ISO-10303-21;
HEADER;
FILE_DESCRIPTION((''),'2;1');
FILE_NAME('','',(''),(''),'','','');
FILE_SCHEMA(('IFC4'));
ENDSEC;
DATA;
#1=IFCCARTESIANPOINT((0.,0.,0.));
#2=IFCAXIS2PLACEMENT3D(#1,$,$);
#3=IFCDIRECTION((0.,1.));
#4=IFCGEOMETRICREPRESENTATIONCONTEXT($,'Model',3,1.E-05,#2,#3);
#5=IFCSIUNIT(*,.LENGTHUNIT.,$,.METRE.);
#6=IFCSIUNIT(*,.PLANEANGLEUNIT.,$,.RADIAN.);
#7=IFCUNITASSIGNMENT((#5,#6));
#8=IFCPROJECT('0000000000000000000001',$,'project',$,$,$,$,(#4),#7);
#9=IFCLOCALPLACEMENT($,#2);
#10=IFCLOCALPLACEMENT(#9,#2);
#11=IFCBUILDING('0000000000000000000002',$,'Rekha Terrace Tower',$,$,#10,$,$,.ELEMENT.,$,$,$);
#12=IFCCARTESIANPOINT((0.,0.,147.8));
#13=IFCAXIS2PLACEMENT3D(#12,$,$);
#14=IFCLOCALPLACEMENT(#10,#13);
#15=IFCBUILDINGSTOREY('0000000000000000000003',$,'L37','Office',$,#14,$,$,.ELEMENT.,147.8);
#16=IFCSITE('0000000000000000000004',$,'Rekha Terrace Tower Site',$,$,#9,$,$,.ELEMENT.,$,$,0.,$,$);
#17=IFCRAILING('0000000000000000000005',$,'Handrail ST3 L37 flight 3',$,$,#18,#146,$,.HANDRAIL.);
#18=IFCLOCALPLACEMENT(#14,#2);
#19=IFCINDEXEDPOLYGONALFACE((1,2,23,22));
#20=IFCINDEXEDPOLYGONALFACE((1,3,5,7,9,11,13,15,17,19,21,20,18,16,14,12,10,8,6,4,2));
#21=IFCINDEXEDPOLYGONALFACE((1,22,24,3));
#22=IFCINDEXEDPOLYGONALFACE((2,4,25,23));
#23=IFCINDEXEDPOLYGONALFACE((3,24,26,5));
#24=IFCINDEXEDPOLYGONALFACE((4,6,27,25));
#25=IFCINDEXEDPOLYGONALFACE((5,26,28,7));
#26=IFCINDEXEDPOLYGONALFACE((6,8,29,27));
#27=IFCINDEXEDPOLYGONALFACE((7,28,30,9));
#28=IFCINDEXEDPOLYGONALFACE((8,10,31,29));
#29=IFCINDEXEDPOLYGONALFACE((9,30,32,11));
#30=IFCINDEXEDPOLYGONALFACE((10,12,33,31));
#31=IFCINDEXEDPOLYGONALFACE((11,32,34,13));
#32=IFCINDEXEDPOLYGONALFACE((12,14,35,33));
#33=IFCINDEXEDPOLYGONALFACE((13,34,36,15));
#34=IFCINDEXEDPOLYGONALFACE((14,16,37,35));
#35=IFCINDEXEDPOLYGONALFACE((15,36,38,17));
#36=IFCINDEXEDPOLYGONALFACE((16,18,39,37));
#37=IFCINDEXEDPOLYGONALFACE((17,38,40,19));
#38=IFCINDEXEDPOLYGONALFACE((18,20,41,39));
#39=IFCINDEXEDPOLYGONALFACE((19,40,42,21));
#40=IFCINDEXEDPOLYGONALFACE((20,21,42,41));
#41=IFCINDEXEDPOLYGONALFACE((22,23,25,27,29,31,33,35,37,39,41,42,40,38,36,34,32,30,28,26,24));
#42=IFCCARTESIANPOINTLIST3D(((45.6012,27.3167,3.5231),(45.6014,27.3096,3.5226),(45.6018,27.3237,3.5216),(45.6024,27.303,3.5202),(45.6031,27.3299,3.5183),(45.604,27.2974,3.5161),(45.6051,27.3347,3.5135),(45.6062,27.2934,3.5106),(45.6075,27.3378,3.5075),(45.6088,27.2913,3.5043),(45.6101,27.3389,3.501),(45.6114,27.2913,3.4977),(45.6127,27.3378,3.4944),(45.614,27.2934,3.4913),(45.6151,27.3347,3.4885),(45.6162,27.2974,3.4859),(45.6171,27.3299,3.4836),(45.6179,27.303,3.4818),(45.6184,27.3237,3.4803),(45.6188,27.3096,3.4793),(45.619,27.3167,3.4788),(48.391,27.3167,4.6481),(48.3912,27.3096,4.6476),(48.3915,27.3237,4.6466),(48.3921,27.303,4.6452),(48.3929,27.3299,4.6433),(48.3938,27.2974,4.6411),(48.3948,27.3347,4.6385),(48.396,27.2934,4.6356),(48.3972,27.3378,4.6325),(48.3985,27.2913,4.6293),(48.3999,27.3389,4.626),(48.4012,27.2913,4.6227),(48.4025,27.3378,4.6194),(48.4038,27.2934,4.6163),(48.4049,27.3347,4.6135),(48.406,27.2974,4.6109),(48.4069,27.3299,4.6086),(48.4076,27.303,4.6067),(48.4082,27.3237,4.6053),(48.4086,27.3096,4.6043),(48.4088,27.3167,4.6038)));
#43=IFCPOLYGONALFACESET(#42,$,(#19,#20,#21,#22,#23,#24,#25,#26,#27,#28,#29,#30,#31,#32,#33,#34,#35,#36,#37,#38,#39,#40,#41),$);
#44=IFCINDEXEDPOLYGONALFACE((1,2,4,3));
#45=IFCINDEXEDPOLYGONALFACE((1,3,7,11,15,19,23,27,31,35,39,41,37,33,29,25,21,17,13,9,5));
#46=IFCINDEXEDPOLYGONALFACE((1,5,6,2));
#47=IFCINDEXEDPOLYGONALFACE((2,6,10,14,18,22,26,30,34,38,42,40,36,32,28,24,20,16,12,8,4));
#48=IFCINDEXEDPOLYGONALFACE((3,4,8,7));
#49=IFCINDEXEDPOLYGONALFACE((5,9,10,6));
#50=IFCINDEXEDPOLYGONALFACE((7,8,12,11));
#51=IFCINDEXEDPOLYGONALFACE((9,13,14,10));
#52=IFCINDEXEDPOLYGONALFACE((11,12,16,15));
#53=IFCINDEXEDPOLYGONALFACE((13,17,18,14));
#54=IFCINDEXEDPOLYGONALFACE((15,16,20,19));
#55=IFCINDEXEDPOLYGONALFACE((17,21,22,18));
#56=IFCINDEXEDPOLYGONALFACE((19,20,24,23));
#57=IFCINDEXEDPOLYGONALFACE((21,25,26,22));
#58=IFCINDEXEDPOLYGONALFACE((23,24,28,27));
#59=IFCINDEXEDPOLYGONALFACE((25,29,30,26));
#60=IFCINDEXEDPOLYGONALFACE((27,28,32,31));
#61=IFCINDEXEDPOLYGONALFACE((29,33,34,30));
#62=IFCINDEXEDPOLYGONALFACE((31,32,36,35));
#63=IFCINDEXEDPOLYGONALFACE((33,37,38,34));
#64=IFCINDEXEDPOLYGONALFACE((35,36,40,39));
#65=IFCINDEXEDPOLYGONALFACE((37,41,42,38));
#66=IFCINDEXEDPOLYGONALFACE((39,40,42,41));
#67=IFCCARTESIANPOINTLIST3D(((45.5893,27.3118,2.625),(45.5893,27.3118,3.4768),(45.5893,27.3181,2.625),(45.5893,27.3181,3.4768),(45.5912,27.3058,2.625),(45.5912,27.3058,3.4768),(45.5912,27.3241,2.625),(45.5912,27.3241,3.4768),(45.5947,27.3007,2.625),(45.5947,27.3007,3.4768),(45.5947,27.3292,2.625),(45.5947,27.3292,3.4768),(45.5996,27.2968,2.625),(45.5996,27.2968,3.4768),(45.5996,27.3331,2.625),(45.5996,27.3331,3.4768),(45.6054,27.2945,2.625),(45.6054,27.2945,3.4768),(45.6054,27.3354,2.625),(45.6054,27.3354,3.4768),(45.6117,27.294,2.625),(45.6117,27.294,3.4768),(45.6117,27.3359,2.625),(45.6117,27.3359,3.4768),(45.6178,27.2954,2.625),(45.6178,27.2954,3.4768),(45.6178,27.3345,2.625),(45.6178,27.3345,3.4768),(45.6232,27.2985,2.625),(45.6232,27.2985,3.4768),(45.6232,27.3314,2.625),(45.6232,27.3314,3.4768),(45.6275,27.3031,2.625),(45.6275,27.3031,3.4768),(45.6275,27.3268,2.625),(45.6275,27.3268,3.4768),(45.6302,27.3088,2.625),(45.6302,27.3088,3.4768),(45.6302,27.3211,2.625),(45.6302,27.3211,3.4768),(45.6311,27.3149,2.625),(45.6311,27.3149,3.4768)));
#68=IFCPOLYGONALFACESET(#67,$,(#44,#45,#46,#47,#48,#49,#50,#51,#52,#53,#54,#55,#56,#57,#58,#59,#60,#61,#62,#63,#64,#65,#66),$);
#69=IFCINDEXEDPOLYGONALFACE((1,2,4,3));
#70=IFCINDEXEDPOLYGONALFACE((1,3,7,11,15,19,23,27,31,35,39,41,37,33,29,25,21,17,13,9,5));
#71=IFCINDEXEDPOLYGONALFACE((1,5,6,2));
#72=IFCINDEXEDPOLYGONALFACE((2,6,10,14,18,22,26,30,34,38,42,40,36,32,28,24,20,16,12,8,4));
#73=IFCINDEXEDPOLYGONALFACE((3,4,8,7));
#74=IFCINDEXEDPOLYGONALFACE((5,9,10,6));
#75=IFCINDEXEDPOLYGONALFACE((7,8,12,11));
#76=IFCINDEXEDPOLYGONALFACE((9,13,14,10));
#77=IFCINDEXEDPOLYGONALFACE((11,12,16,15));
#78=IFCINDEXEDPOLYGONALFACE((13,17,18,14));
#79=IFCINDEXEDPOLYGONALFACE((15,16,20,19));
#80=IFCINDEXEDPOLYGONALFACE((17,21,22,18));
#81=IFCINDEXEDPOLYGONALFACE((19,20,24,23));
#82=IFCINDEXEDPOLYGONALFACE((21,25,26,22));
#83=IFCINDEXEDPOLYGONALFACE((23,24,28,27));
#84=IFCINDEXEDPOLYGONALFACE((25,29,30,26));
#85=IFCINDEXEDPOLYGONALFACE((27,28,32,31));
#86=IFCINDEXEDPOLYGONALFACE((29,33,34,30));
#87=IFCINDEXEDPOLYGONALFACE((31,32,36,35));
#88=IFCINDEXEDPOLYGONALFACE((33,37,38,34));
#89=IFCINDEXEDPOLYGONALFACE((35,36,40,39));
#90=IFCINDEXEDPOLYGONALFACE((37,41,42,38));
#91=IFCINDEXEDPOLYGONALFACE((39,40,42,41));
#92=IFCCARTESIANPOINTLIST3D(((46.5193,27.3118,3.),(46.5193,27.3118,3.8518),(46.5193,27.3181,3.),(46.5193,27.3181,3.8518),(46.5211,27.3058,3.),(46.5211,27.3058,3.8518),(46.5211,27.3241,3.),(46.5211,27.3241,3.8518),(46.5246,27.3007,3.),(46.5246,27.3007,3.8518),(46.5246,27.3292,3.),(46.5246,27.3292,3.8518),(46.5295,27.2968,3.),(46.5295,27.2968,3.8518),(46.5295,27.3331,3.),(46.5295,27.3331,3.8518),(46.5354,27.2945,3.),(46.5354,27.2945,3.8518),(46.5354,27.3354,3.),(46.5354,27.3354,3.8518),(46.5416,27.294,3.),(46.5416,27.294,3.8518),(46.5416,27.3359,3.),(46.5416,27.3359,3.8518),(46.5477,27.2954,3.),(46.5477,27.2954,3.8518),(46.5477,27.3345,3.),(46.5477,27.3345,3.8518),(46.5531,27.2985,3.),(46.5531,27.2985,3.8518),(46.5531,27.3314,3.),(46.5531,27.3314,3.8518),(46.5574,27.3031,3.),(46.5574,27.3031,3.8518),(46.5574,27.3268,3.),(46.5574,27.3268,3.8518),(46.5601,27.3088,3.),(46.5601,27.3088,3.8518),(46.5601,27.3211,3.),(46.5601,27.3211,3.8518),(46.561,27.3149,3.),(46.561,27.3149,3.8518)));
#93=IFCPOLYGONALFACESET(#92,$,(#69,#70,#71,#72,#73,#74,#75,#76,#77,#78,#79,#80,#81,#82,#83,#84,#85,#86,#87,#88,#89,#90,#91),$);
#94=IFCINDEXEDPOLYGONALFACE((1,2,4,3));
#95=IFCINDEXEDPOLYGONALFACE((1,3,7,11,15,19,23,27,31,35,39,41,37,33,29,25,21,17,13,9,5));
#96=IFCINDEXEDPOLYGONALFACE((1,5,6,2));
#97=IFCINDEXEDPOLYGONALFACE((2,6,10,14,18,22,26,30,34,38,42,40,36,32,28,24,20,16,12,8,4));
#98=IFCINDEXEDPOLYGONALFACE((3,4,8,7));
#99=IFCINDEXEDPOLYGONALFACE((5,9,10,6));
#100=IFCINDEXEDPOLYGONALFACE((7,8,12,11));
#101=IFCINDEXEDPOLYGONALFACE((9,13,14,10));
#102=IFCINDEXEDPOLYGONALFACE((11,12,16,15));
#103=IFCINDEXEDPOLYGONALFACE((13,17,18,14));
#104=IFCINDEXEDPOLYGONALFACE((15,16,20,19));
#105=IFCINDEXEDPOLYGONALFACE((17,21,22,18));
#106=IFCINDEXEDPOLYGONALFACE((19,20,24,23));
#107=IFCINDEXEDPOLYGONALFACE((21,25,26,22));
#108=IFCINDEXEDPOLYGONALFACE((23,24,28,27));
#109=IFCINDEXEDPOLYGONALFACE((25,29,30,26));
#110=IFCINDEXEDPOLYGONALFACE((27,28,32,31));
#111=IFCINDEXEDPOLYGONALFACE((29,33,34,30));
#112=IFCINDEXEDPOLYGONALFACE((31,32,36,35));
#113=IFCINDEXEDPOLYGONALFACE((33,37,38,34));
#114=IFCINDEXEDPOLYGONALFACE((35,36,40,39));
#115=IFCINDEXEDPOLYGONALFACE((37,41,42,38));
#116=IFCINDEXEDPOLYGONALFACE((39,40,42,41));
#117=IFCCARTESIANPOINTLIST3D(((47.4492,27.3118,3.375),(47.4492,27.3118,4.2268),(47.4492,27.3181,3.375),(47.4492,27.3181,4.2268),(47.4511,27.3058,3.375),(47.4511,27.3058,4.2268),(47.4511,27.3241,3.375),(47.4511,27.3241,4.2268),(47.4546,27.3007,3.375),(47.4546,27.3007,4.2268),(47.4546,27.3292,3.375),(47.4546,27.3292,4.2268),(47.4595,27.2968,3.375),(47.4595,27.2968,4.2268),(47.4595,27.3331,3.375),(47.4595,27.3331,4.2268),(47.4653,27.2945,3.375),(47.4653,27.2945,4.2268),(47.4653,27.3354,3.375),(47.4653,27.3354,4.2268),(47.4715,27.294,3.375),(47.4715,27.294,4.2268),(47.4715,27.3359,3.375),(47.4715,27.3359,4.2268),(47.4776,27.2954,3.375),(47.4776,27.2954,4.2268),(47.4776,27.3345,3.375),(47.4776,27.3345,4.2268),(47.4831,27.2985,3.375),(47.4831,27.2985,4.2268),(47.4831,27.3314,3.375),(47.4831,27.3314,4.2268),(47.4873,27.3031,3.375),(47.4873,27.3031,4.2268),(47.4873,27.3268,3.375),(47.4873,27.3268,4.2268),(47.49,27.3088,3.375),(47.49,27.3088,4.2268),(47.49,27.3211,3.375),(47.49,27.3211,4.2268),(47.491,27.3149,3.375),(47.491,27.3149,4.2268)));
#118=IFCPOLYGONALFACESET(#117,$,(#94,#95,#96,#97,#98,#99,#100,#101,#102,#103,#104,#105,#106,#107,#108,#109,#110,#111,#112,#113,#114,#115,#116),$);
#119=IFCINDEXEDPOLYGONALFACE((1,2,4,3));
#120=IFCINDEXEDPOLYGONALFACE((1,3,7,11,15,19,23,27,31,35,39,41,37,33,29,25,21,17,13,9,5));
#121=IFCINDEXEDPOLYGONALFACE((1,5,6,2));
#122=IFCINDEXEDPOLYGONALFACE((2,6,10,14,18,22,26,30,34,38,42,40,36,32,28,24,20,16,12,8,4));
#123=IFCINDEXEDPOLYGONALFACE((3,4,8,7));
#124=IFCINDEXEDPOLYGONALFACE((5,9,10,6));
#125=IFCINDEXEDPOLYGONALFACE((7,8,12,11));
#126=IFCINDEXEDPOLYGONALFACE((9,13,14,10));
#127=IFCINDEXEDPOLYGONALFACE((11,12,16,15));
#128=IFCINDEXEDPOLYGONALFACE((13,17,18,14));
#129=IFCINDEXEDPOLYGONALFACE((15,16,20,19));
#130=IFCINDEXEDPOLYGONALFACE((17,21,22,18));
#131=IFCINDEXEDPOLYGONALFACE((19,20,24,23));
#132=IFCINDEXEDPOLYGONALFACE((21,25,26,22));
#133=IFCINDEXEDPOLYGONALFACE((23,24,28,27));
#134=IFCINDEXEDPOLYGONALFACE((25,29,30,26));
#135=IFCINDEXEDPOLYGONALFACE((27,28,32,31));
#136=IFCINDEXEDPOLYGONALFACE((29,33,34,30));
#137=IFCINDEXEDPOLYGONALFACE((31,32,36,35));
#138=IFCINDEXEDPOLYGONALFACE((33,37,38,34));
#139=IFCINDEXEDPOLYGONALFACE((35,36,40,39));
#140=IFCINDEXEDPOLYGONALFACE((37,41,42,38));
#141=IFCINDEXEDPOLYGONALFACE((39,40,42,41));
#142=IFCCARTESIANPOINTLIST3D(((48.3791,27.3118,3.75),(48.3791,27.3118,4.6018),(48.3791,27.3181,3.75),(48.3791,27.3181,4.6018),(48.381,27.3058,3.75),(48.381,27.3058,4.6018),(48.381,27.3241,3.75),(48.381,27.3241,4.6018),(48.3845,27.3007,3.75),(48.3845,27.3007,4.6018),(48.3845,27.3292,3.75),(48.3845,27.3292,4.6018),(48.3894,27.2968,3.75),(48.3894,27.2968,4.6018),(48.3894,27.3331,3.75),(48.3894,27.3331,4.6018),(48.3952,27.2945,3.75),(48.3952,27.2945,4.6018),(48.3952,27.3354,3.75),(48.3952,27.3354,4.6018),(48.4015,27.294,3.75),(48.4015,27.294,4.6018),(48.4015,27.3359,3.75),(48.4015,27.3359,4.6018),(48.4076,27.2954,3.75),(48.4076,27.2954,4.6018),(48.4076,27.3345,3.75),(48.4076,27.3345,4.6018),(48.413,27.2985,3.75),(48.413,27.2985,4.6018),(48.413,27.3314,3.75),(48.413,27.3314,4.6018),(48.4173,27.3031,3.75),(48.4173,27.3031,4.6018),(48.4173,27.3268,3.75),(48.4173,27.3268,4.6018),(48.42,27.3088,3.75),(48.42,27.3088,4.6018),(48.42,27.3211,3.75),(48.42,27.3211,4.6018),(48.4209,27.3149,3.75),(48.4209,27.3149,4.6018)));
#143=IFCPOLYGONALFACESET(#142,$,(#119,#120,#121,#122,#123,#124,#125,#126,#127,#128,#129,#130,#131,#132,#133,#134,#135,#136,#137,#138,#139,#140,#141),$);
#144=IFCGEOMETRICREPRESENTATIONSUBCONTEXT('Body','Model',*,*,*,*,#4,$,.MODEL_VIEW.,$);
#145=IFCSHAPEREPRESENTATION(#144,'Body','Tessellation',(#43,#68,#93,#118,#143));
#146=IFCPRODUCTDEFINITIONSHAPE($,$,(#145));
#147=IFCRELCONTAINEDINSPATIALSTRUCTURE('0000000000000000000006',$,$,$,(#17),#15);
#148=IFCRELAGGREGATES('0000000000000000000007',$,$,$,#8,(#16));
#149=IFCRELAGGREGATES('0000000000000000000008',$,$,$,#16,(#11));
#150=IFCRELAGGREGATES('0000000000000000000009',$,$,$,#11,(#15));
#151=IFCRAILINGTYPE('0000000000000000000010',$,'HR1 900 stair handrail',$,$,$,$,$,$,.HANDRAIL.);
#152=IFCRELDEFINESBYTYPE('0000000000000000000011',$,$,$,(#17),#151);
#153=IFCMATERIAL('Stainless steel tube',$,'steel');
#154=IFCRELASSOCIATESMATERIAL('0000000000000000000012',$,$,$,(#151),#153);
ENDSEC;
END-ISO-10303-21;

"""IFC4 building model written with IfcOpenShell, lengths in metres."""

from ifc_helpers import new_model, si_unit, direction, frame, origin, origin_2d, place, context, subcontext, project, spatial, circle, extrude, material, type_object, element, save


model = new_model("IFC4")

# Units and contexts
model_context = context("Model", 3, precision=1e-05, world=origin(), true_north=direction((0.0, 1.0)))
body_context = subcontext(model_context, "Body", "Model", "MODEL_VIEW")
ifc_project = project(units=[si_unit("LENGTHUNIT", "METRE"), si_unit("PLANEANGLEUNIT", "RADIAN")], contexts=[model_context])

# Site, building, storey
site_placement = place(None, origin())
site = spatial("IfcSite", under=ifc_project, at=site_placement, Name="Rekha Terrace Tower Site", CompositionType="ELEMENT", RefElevation=0.0)
building_placement = place(site_placement, origin())
building = spatial("IfcBuilding", under=site, at=building_placement, Name="Rekha Terrace Tower", CompositionType="ELEMENT")
storey_placement = place(building_placement, frame((0.0, 0.0, 147.8)))
storey = spatial("IfcBuildingStorey", under=building, at=storey_placement, Name="L37", Description="Office", CompositionType="ELEMENT", Elevation=147.8)

# Railing
ifc_material_1 = material(Name="Stainless steel tube", Category="steel")
railing_type_1 = type_object("IfcRailingType", Name="HR1 900 stair handrail", PredefinedType="HANDRAIL", material=ifc_material_1)
railing_1_placement = place(storey_placement, frame((45.6101, 27.3149, 2.625)))
element("IfcRailing", 1, at=railing_1_placement, inside=storey, type_object=railing_type_1, Name="Handrail ST3 L37 flight 3", PredefinedType="HANDRAIL", context=body_context, shape_type="SweptSolid", body=[
    extrude(circle(Radius=0.0239, at=origin_2d()), frame((0.0, 0.0, 0.876), z_axis=(0.927432, 0.0, 0.373992), x_axis=(0.0, 1.0, 0.0)), (0.0, 0.0, 1.0), 3.0081),
    extrude(circle(Radius=0.021, at=origin_2d()), origin(), (0.0, 0.0, 1.0), 0.8518),
    extrude(circle(Radius=0.021, at=origin_2d()), frame((0.9299, 0.0, 0.375)), (0.0, 0.0, 1.0), 0.8518),
    extrude(circle(Radius=0.021, at=origin_2d()), frame((1.8599, 0.0, 0.75)), (0.0, 0.0, 1.0), 0.8518),
    extrude(circle(Radius=0.021, at=origin_2d()), frame((2.7898, 0.0, 1.125)), (0.0, 0.0, 1.0), 0.8518),
])

save(model, "model.ifc")
